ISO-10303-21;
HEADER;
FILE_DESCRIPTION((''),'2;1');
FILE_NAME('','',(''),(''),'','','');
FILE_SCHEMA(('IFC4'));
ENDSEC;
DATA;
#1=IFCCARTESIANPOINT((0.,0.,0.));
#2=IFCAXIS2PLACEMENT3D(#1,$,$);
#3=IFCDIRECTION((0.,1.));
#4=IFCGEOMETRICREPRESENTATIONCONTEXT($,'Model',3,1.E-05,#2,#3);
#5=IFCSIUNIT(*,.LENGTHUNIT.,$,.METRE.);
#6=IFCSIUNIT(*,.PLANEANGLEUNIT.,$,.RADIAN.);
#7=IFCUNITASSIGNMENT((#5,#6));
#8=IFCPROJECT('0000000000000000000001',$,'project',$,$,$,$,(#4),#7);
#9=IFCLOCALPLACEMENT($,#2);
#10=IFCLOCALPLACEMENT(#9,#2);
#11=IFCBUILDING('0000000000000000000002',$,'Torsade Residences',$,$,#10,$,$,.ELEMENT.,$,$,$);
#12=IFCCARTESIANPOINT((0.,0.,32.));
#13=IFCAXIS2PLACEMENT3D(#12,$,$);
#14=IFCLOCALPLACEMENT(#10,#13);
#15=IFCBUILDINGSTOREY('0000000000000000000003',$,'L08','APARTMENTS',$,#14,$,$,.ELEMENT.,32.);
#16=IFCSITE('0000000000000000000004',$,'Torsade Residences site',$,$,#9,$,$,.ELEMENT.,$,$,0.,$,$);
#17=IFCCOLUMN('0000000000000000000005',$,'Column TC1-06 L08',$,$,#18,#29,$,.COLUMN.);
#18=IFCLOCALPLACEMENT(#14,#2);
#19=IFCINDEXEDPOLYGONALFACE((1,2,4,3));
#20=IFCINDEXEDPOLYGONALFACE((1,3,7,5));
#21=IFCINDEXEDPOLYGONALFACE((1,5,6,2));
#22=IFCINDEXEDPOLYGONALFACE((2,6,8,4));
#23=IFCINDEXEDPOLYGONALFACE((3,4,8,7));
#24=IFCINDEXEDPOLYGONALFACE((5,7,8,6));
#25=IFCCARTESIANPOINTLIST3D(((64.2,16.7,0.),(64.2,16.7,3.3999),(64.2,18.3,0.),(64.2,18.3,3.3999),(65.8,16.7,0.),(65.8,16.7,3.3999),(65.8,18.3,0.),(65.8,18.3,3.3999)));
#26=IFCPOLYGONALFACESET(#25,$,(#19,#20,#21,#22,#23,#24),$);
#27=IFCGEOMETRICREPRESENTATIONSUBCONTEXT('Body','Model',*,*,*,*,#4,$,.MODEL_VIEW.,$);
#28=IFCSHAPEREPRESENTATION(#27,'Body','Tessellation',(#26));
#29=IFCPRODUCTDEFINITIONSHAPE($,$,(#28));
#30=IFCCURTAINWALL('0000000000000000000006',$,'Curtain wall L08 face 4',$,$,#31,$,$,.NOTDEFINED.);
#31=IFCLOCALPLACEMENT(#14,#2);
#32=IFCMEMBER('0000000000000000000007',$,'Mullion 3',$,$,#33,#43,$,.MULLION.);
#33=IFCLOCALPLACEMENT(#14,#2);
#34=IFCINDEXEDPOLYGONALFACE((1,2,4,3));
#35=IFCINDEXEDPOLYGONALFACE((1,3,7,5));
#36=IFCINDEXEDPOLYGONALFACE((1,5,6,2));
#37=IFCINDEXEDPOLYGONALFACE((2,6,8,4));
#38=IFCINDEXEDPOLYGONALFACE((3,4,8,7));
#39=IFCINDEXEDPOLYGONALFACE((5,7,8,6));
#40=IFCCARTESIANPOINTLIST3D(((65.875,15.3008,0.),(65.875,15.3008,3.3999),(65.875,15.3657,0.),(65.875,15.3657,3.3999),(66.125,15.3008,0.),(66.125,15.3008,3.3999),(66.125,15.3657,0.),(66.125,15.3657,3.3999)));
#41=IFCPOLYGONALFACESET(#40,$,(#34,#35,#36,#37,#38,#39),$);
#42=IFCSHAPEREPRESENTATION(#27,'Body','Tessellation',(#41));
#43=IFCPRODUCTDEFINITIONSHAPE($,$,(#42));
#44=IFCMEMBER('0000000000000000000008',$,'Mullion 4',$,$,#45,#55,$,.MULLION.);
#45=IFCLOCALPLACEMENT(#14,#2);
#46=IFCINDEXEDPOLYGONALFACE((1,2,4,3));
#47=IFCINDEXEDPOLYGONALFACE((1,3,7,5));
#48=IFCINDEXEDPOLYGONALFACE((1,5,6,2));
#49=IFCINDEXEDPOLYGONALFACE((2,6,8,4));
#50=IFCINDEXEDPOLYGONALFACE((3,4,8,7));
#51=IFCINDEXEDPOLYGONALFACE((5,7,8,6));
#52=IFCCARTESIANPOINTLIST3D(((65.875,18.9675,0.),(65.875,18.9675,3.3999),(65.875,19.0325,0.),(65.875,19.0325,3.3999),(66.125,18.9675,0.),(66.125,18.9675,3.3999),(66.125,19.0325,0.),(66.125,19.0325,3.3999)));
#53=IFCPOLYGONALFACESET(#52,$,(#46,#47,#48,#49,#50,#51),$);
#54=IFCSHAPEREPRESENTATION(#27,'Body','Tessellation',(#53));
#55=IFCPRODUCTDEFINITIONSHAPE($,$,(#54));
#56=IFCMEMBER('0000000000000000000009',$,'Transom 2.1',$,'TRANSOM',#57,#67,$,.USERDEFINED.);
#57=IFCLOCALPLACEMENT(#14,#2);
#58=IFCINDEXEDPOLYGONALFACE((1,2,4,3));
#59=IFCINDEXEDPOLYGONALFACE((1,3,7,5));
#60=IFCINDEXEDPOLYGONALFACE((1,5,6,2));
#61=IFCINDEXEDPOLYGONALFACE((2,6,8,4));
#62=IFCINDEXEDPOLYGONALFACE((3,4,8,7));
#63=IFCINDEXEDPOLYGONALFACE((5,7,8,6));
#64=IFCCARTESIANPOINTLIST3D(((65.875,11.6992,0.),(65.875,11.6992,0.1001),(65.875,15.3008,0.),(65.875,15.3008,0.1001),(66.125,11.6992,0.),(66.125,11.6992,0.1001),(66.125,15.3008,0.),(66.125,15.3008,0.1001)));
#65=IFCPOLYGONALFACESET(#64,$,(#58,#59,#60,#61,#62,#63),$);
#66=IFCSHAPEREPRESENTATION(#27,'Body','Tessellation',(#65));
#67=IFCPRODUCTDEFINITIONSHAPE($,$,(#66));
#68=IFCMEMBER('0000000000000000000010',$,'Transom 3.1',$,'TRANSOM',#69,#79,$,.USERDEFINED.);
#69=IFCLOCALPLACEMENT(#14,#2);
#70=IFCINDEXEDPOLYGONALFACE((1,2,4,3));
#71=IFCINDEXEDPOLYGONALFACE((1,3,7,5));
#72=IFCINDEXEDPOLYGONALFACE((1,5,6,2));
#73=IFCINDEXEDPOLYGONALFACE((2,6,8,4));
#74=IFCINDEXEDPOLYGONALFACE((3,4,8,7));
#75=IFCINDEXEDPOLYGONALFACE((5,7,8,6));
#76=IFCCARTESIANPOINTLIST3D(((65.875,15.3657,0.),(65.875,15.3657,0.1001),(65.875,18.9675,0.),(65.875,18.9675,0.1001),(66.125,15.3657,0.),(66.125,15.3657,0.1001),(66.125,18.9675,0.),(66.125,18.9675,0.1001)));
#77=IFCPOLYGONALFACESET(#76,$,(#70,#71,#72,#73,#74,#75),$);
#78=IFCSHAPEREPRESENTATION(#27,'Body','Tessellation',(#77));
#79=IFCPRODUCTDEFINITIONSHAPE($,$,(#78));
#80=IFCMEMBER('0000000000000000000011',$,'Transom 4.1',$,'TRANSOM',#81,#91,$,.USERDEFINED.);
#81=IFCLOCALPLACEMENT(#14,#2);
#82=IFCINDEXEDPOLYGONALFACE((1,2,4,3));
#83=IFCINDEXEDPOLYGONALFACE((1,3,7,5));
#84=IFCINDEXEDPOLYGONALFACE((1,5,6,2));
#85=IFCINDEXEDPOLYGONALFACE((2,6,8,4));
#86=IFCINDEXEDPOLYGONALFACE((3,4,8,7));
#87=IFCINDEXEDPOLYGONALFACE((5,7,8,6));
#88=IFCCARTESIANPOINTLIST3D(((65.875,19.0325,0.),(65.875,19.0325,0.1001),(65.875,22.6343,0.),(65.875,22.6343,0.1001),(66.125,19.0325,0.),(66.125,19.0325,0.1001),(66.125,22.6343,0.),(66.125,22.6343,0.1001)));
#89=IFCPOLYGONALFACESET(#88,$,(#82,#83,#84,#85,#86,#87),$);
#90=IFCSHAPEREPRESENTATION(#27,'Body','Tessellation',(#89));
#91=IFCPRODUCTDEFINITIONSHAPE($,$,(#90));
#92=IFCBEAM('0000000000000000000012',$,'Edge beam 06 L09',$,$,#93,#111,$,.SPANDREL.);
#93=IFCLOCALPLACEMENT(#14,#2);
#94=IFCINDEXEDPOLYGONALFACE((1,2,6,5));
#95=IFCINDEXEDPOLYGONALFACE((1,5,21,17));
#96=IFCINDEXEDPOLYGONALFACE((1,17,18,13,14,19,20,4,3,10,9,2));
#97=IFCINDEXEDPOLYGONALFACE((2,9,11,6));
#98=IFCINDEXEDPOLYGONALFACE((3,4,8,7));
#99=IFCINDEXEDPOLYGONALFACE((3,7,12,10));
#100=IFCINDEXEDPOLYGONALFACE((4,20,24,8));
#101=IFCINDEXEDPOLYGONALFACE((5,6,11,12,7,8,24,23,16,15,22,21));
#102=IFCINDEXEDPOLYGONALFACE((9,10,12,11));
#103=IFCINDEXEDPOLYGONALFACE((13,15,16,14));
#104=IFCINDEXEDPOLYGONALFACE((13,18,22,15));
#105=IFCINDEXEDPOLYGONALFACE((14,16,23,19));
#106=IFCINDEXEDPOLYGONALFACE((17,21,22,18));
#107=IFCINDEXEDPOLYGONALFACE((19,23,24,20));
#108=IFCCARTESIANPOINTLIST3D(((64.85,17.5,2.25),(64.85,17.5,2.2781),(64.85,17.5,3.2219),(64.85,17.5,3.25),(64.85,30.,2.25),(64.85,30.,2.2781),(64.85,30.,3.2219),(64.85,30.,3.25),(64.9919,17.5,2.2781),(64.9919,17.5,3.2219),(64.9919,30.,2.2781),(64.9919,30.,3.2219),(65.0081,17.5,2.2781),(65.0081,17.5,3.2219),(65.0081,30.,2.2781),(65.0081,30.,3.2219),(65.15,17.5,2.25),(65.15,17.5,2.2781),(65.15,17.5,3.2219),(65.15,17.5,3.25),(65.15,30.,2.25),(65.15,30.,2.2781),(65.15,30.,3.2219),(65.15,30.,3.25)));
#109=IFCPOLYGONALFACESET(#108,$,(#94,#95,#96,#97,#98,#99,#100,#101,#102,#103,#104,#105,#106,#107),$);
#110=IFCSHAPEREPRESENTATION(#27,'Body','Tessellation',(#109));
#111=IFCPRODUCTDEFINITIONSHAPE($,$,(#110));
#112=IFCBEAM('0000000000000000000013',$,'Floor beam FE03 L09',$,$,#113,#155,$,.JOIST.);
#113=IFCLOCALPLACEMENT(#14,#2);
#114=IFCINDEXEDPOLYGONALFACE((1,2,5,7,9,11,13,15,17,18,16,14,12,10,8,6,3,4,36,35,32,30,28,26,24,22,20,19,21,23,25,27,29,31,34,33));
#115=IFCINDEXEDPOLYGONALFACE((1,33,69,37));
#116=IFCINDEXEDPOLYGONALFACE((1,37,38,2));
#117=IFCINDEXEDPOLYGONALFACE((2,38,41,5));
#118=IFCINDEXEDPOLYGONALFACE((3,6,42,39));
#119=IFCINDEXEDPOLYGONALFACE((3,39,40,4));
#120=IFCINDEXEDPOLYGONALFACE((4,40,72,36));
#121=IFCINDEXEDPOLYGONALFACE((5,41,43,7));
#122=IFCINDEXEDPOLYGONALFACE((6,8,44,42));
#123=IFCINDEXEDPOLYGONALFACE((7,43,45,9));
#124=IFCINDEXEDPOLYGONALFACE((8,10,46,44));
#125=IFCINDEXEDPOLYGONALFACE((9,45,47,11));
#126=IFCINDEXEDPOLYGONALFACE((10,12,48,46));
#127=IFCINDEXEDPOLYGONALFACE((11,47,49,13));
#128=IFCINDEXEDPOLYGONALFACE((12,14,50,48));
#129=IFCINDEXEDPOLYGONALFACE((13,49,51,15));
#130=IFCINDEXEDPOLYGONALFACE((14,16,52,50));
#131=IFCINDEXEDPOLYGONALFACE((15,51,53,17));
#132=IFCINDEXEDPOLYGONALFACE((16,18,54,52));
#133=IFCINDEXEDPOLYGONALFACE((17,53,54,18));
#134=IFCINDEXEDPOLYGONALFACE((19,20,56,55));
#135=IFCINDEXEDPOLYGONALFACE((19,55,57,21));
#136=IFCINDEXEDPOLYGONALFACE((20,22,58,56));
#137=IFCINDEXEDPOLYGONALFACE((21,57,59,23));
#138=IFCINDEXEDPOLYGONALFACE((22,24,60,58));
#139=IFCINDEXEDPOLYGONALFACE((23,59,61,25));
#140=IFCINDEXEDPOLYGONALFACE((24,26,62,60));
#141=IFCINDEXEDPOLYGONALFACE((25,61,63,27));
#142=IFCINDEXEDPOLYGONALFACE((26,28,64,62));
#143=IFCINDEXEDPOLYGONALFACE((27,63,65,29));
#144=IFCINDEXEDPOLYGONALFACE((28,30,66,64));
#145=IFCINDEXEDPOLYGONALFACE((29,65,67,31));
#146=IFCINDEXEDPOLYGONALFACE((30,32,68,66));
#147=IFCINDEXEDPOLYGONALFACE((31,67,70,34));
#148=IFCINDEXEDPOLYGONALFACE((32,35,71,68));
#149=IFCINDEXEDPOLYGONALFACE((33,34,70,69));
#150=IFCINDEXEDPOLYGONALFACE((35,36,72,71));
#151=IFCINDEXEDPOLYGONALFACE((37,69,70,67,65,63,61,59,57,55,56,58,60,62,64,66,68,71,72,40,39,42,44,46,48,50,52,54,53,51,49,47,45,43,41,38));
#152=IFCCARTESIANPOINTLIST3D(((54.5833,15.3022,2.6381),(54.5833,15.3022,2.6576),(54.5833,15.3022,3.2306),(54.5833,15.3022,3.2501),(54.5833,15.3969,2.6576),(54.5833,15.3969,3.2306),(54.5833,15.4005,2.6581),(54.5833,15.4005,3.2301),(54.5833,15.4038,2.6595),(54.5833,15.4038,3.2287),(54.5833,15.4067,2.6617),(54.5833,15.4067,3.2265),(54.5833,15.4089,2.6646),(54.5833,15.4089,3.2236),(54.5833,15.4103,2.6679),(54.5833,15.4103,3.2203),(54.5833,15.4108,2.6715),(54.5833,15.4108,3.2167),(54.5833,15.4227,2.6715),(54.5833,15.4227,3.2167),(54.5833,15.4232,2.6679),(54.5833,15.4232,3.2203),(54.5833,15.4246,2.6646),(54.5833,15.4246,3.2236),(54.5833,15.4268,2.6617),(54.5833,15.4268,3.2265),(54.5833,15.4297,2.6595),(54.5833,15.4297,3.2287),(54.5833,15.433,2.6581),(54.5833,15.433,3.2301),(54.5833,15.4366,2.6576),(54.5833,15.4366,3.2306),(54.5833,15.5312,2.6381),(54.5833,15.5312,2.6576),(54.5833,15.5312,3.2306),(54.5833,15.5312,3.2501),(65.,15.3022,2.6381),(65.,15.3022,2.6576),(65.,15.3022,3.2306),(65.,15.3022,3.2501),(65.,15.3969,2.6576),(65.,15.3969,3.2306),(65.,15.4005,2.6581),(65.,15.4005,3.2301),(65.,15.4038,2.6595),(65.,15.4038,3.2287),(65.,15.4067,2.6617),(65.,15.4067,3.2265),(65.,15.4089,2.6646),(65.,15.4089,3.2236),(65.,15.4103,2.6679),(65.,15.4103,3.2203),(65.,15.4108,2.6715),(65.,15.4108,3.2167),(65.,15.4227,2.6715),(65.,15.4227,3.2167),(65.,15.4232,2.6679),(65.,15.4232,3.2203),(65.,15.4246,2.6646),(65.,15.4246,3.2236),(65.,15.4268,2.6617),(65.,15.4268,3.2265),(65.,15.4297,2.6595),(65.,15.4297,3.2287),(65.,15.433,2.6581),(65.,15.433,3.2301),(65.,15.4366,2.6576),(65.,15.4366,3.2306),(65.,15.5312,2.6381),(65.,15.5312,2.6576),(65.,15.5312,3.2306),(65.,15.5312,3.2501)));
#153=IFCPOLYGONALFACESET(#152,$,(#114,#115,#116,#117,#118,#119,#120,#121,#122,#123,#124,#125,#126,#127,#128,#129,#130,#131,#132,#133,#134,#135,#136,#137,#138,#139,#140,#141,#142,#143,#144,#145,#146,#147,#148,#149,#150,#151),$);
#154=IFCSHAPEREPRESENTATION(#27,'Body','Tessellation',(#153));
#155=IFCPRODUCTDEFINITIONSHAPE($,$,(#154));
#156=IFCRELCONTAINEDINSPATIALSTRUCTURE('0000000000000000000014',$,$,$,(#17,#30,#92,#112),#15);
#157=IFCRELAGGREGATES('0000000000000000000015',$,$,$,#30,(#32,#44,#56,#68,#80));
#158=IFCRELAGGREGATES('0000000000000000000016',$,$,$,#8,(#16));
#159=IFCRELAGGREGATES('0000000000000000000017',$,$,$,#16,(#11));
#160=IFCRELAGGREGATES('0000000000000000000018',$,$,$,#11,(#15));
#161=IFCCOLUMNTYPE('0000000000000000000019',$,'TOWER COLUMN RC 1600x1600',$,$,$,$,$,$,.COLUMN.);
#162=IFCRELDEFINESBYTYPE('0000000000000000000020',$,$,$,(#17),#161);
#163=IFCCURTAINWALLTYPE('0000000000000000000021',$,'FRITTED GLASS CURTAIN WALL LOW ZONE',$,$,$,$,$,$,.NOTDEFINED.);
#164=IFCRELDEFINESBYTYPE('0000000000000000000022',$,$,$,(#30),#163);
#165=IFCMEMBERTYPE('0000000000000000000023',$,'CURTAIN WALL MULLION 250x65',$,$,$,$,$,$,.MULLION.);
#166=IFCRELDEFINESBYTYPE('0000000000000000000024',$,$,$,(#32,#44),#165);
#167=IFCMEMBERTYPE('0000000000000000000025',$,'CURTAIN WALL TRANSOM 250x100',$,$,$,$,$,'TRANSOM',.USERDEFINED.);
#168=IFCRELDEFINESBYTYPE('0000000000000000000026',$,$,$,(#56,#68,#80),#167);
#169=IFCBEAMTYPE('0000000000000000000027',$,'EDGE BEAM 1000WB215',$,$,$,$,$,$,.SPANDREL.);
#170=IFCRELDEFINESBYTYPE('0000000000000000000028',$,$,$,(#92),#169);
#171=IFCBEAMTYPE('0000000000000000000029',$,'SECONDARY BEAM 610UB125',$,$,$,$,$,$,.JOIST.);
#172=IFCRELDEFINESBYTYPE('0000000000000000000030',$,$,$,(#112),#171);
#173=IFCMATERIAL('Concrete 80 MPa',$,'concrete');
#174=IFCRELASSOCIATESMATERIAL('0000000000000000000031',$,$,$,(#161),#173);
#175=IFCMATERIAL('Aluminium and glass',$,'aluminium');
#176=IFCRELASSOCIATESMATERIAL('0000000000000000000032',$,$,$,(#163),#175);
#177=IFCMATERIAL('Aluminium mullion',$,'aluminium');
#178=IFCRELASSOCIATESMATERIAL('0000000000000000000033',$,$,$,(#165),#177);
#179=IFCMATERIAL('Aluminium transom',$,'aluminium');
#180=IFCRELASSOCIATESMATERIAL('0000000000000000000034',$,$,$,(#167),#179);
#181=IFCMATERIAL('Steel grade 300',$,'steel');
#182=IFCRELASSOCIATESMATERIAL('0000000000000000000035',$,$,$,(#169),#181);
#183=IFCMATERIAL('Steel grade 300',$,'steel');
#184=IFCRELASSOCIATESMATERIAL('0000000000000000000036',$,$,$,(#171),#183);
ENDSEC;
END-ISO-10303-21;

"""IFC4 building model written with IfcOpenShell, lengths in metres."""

from ifc_helpers import new_model, si_unit, direction, frame, origin, origin_2d, place, context, subcontext, project, spatial, rectangle, i_section, extrude, material, material_profile, profile_set, type_object, element, aggregate, save


model = new_model("IFC4")

# Units and contexts
model_context = context("Model", 3, precision=1e-05, world=origin(), true_north=direction((0.0, 1.0)))
body_context = subcontext(model_context, "Body", "Model", "MODEL_VIEW")
ifc_project = project(units=[si_unit("LENGTHUNIT", "METRE"), si_unit("PLANEANGLEUNIT", "RADIAN")], contexts=[model_context])

# Site, building, storey
site_placement = place(None, origin())
site = spatial("IfcSite", under=ifc_project, at=site_placement, Name="Torsade Residences site", CompositionType="ELEMENT", RefElevation=0.0)
building_placement = place(site_placement, origin())
building = spatial("IfcBuilding", under=site, at=building_placement, Name="Torsade Residences", CompositionType="ELEMENT")
storey_placement = place(building_placement, frame((0.0, 0.0, 32.0)))
storey = spatial("IfcBuildingStorey", under=building, at=storey_placement, Name="L08", Description="APARTMENTS", CompositionType="ELEMENT", Elevation=32.0)

# Column
ifc_material_1 = material(Name="Concrete 80 MPa", Category="concrete")
ifc_material_profile_1 = material_profile(ifc_material_1, rectangle(XDim=1.6001, YDim=1.6001, at=origin_2d()), Name="RC 1600x1600")
ifc_profile_set_1 = profile_set([ifc_material_profile_1], Name="Concrete 80 MPa")
column_type = type_object("IfcColumnType", Name="TOWER COLUMN RC 1600x1600", PredefinedType="COLUMN", material=ifc_profile_set_1)
column_placement = place(storey_placement, frame((65.0, 17.5, 0.0), z_axis=(0.0, 0.0, 1.0), x_axis=(1.0, 0.0, 0.0)))
element("IfcColumn", 1, at=column_placement, inside=storey, type_object=column_type, Name="Column TC1-06 L08", PredefinedType="COLUMN", context=body_context, shape_type="SweptSolid", body=[
    extrude(rectangle(XDim=1.6001, YDim=1.6001, at=origin_2d()), origin(), (0.0, 0.0, 1.0), 3.3999),
])

# Curtain wall, members
ifc_material_2 = material(Name="Aluminium and glass", Category="aluminium")
curtain_wall_type = type_object("IfcCurtainWallType", Name="FRITTED GLASS CURTAIN WALL LOW ZONE", PredefinedType="NOTDEFINED", material=ifc_material_2)
curtain_wall_placement = place(storey_placement, origin())
curtain_wall = element("IfcCurtainWall", 2, at=curtain_wall_placement, inside=storey, type_object=curtain_wall_type, Name="Curtain wall L08 face 4", PredefinedType="NOTDEFINED")
ifc_material_3 = material(Name="Aluminium mullion", Category="aluminium")
ifc_material_profile_2 = material_profile(ifc_material_3, rectangle(XDim=0.25, YDim=0.0649, at=origin_2d()), Name="CURTAIN WALL MULLION 250x65")
ifc_profile_set_2 = profile_set([ifc_material_profile_2], Name="Aluminium mullion")
member_type_1 = type_object("IfcMemberType", Name="CURTAIN WALL MULLION 250x65", PredefinedType="MULLION", material=ifc_profile_set_2)
member_1_placement = place(storey_placement, frame((66.0, 15.3333, 0.0), z_axis=(0.0, 0.0, 1.0), x_axis=(-1.0, 0.0, 0.0)))
member_1 = element("IfcMember", 3, at=member_1_placement, type_object=member_type_1, Name="Mullion 3", PredefinedType="MULLION", context=body_context, shape_type="SweptSolid", body=[
    extrude(rectangle(XDim=0.25, YDim=0.0649, at=origin_2d()), origin(), (0.0, 0.0, 1.0), 3.3999),
])
member_2_placement = place(storey_placement, frame((66.0, 19.0, 0.0), z_axis=(0.0, 0.0, 1.0), x_axis=(-1.0, 0.0, 0.0)))
member_2 = element("IfcMember", 4, at=member_2_placement, type_object=member_type_1, Name="Mullion 4", PredefinedType="MULLION", context=body_context, shape_type="SweptSolid", body=[
    extrude(rectangle(XDim=0.25, YDim=0.0649, at=origin_2d()), origin(), (0.0, 0.0, 1.0), 3.3999),
])
ifc_material_4 = material(Name="Aluminium transom", Category="aluminium")
ifc_material_profile_3 = material_profile(ifc_material_4, rectangle(XDim=0.25, YDim=0.1001, at=origin_2d()), Name="CURTAIN WALL TRANSOM 250x100")
ifc_profile_set_3 = profile_set([ifc_material_profile_3], Name="Aluminium transom")
member_type_2 = type_object("IfcMemberType", Name="CURTAIN WALL TRANSOM 250x100", ElementType="TRANSOM", PredefinedType="USERDEFINED", material=ifc_profile_set_3)
member_3_placement = place(storey_placement, frame((66.0, 11.6992, 0.05), z_axis=(0.0, 1.0, 0.0), x_axis=(-1.0, 0.0, 0.0)))
member_3 = element("IfcMember", 5, at=member_3_placement, type_object=member_type_2, Name="Transom 2.1", ObjectType="TRANSOM", PredefinedType="USERDEFINED", context=body_context, shape_type="SweptSolid", body=[
    extrude(rectangle(XDim=0.25, YDim=0.1001, at=origin_2d()), origin(), (0.0, 0.0, 1.0), 3.6016),
])
member_4_placement = place(storey_placement, frame((66.0, 15.3657, 0.05), z_axis=(0.0, 1.0, 0.0), x_axis=(-1.0, 0.0, 0.0)))
member_4 = element("IfcMember", 6, at=member_4_placement, type_object=member_type_2, Name="Transom 3.1", ObjectType="TRANSOM", PredefinedType="USERDEFINED", context=body_context, shape_type="SweptSolid", body=[
    extrude(rectangle(XDim=0.25, YDim=0.1001, at=origin_2d()), origin(), (0.0, 0.0, 1.0), 3.6018),
])
member_5_placement = place(storey_placement, frame((66.0, 19.0325, 0.05), z_axis=(0.0, 1.0, 0.0), x_axis=(-1.0, 0.0, 0.0)))
member_5 = element("IfcMember", 7, at=member_5_placement, type_object=member_type_2, Name="Transom 4.1", ObjectType="TRANSOM", PredefinedType="USERDEFINED", context=body_context, shape_type="SweptSolid", body=[
    extrude(rectangle(XDim=0.25, YDim=0.1001, at=origin_2d()), origin(), (0.0, 0.0, 1.0), 3.6018),
])

# Beams
ifc_material_5 = material(Name="Steel grade 300", Category="steel")
ifc_material_profile_4 = material_profile(ifc_material_5, i_section(OverallWidth=0.3, OverallDepth=1.0, WebThickness=0.0161, FlangeThickness=0.0281, at=origin_2d()), Name="1000WB215")
ifc_profile_set_4 = profile_set([ifc_material_profile_4], Name="Steel grade 300")
beam_type_1 = type_object("IfcBeamType", Name="EDGE BEAM 1000WB215", PredefinedType="SPANDREL", material=ifc_profile_set_4)
beam_1_placement = place(storey_placement, frame((65.0, 17.5, 2.75), z_axis=(0.0, 1.0, 0.0), x_axis=(-1.0, 0.0, 0.0)))
element("IfcBeam", 8, at=beam_1_placement, inside=storey, type_object=beam_type_1, Name="Edge beam 06 L09", PredefinedType="SPANDREL", context=body_context, shape_type="SweptSolid", body=[
    extrude(i_section(OverallWidth=0.3, OverallDepth=1.0, WebThickness=0.0161, FlangeThickness=0.0281, at=origin_2d()), origin(), (0.0, 0.0, 1.0), 12.5),
])
ifc_material_6 = material(Name="Steel grade 300", Category="steel")
ifc_material_profile_5 = material_profile(ifc_material_6, i_section(OverallWidth=0.229, OverallDepth=0.6121, WebThickness=0.012, FlangeThickness=0.0195, FilletRadius=0.0139, at=origin_2d()), Name="610UB125")
ifc_profile_set_5 = profile_set([ifc_material_profile_5], Name="Steel grade 300")
beam_type_2 = type_object("IfcBeamType", Name="SECONDARY BEAM 610UB125", PredefinedType="JOIST", material=ifc_profile_set_5)
beam_2_placement = place(storey_placement, frame((65.0, 15.4167, 2.9441), z_axis=(-1.0, 0.0, 0.0), x_axis=(0.0, -1.0, 0.0)))
element("IfcBeam", 9, at=beam_2_placement, inside=storey, type_object=beam_type_2, Name="Floor beam FE03 L09", PredefinedType="JOIST", context=body_context, shape_type="SweptSolid", body=[
    extrude(i_section(OverallWidth=0.229, OverallDepth=0.6121, WebThickness=0.012, FlangeThickness=0.0195, FilletRadius=0.0139, at=origin_2d()), origin(), (0.0, 0.0, 1.0), 10.4167),
])

aggregate(curtain_wall, [member_1, member_2, member_3, member_4, member_5])

save(model, "model.ifc")
